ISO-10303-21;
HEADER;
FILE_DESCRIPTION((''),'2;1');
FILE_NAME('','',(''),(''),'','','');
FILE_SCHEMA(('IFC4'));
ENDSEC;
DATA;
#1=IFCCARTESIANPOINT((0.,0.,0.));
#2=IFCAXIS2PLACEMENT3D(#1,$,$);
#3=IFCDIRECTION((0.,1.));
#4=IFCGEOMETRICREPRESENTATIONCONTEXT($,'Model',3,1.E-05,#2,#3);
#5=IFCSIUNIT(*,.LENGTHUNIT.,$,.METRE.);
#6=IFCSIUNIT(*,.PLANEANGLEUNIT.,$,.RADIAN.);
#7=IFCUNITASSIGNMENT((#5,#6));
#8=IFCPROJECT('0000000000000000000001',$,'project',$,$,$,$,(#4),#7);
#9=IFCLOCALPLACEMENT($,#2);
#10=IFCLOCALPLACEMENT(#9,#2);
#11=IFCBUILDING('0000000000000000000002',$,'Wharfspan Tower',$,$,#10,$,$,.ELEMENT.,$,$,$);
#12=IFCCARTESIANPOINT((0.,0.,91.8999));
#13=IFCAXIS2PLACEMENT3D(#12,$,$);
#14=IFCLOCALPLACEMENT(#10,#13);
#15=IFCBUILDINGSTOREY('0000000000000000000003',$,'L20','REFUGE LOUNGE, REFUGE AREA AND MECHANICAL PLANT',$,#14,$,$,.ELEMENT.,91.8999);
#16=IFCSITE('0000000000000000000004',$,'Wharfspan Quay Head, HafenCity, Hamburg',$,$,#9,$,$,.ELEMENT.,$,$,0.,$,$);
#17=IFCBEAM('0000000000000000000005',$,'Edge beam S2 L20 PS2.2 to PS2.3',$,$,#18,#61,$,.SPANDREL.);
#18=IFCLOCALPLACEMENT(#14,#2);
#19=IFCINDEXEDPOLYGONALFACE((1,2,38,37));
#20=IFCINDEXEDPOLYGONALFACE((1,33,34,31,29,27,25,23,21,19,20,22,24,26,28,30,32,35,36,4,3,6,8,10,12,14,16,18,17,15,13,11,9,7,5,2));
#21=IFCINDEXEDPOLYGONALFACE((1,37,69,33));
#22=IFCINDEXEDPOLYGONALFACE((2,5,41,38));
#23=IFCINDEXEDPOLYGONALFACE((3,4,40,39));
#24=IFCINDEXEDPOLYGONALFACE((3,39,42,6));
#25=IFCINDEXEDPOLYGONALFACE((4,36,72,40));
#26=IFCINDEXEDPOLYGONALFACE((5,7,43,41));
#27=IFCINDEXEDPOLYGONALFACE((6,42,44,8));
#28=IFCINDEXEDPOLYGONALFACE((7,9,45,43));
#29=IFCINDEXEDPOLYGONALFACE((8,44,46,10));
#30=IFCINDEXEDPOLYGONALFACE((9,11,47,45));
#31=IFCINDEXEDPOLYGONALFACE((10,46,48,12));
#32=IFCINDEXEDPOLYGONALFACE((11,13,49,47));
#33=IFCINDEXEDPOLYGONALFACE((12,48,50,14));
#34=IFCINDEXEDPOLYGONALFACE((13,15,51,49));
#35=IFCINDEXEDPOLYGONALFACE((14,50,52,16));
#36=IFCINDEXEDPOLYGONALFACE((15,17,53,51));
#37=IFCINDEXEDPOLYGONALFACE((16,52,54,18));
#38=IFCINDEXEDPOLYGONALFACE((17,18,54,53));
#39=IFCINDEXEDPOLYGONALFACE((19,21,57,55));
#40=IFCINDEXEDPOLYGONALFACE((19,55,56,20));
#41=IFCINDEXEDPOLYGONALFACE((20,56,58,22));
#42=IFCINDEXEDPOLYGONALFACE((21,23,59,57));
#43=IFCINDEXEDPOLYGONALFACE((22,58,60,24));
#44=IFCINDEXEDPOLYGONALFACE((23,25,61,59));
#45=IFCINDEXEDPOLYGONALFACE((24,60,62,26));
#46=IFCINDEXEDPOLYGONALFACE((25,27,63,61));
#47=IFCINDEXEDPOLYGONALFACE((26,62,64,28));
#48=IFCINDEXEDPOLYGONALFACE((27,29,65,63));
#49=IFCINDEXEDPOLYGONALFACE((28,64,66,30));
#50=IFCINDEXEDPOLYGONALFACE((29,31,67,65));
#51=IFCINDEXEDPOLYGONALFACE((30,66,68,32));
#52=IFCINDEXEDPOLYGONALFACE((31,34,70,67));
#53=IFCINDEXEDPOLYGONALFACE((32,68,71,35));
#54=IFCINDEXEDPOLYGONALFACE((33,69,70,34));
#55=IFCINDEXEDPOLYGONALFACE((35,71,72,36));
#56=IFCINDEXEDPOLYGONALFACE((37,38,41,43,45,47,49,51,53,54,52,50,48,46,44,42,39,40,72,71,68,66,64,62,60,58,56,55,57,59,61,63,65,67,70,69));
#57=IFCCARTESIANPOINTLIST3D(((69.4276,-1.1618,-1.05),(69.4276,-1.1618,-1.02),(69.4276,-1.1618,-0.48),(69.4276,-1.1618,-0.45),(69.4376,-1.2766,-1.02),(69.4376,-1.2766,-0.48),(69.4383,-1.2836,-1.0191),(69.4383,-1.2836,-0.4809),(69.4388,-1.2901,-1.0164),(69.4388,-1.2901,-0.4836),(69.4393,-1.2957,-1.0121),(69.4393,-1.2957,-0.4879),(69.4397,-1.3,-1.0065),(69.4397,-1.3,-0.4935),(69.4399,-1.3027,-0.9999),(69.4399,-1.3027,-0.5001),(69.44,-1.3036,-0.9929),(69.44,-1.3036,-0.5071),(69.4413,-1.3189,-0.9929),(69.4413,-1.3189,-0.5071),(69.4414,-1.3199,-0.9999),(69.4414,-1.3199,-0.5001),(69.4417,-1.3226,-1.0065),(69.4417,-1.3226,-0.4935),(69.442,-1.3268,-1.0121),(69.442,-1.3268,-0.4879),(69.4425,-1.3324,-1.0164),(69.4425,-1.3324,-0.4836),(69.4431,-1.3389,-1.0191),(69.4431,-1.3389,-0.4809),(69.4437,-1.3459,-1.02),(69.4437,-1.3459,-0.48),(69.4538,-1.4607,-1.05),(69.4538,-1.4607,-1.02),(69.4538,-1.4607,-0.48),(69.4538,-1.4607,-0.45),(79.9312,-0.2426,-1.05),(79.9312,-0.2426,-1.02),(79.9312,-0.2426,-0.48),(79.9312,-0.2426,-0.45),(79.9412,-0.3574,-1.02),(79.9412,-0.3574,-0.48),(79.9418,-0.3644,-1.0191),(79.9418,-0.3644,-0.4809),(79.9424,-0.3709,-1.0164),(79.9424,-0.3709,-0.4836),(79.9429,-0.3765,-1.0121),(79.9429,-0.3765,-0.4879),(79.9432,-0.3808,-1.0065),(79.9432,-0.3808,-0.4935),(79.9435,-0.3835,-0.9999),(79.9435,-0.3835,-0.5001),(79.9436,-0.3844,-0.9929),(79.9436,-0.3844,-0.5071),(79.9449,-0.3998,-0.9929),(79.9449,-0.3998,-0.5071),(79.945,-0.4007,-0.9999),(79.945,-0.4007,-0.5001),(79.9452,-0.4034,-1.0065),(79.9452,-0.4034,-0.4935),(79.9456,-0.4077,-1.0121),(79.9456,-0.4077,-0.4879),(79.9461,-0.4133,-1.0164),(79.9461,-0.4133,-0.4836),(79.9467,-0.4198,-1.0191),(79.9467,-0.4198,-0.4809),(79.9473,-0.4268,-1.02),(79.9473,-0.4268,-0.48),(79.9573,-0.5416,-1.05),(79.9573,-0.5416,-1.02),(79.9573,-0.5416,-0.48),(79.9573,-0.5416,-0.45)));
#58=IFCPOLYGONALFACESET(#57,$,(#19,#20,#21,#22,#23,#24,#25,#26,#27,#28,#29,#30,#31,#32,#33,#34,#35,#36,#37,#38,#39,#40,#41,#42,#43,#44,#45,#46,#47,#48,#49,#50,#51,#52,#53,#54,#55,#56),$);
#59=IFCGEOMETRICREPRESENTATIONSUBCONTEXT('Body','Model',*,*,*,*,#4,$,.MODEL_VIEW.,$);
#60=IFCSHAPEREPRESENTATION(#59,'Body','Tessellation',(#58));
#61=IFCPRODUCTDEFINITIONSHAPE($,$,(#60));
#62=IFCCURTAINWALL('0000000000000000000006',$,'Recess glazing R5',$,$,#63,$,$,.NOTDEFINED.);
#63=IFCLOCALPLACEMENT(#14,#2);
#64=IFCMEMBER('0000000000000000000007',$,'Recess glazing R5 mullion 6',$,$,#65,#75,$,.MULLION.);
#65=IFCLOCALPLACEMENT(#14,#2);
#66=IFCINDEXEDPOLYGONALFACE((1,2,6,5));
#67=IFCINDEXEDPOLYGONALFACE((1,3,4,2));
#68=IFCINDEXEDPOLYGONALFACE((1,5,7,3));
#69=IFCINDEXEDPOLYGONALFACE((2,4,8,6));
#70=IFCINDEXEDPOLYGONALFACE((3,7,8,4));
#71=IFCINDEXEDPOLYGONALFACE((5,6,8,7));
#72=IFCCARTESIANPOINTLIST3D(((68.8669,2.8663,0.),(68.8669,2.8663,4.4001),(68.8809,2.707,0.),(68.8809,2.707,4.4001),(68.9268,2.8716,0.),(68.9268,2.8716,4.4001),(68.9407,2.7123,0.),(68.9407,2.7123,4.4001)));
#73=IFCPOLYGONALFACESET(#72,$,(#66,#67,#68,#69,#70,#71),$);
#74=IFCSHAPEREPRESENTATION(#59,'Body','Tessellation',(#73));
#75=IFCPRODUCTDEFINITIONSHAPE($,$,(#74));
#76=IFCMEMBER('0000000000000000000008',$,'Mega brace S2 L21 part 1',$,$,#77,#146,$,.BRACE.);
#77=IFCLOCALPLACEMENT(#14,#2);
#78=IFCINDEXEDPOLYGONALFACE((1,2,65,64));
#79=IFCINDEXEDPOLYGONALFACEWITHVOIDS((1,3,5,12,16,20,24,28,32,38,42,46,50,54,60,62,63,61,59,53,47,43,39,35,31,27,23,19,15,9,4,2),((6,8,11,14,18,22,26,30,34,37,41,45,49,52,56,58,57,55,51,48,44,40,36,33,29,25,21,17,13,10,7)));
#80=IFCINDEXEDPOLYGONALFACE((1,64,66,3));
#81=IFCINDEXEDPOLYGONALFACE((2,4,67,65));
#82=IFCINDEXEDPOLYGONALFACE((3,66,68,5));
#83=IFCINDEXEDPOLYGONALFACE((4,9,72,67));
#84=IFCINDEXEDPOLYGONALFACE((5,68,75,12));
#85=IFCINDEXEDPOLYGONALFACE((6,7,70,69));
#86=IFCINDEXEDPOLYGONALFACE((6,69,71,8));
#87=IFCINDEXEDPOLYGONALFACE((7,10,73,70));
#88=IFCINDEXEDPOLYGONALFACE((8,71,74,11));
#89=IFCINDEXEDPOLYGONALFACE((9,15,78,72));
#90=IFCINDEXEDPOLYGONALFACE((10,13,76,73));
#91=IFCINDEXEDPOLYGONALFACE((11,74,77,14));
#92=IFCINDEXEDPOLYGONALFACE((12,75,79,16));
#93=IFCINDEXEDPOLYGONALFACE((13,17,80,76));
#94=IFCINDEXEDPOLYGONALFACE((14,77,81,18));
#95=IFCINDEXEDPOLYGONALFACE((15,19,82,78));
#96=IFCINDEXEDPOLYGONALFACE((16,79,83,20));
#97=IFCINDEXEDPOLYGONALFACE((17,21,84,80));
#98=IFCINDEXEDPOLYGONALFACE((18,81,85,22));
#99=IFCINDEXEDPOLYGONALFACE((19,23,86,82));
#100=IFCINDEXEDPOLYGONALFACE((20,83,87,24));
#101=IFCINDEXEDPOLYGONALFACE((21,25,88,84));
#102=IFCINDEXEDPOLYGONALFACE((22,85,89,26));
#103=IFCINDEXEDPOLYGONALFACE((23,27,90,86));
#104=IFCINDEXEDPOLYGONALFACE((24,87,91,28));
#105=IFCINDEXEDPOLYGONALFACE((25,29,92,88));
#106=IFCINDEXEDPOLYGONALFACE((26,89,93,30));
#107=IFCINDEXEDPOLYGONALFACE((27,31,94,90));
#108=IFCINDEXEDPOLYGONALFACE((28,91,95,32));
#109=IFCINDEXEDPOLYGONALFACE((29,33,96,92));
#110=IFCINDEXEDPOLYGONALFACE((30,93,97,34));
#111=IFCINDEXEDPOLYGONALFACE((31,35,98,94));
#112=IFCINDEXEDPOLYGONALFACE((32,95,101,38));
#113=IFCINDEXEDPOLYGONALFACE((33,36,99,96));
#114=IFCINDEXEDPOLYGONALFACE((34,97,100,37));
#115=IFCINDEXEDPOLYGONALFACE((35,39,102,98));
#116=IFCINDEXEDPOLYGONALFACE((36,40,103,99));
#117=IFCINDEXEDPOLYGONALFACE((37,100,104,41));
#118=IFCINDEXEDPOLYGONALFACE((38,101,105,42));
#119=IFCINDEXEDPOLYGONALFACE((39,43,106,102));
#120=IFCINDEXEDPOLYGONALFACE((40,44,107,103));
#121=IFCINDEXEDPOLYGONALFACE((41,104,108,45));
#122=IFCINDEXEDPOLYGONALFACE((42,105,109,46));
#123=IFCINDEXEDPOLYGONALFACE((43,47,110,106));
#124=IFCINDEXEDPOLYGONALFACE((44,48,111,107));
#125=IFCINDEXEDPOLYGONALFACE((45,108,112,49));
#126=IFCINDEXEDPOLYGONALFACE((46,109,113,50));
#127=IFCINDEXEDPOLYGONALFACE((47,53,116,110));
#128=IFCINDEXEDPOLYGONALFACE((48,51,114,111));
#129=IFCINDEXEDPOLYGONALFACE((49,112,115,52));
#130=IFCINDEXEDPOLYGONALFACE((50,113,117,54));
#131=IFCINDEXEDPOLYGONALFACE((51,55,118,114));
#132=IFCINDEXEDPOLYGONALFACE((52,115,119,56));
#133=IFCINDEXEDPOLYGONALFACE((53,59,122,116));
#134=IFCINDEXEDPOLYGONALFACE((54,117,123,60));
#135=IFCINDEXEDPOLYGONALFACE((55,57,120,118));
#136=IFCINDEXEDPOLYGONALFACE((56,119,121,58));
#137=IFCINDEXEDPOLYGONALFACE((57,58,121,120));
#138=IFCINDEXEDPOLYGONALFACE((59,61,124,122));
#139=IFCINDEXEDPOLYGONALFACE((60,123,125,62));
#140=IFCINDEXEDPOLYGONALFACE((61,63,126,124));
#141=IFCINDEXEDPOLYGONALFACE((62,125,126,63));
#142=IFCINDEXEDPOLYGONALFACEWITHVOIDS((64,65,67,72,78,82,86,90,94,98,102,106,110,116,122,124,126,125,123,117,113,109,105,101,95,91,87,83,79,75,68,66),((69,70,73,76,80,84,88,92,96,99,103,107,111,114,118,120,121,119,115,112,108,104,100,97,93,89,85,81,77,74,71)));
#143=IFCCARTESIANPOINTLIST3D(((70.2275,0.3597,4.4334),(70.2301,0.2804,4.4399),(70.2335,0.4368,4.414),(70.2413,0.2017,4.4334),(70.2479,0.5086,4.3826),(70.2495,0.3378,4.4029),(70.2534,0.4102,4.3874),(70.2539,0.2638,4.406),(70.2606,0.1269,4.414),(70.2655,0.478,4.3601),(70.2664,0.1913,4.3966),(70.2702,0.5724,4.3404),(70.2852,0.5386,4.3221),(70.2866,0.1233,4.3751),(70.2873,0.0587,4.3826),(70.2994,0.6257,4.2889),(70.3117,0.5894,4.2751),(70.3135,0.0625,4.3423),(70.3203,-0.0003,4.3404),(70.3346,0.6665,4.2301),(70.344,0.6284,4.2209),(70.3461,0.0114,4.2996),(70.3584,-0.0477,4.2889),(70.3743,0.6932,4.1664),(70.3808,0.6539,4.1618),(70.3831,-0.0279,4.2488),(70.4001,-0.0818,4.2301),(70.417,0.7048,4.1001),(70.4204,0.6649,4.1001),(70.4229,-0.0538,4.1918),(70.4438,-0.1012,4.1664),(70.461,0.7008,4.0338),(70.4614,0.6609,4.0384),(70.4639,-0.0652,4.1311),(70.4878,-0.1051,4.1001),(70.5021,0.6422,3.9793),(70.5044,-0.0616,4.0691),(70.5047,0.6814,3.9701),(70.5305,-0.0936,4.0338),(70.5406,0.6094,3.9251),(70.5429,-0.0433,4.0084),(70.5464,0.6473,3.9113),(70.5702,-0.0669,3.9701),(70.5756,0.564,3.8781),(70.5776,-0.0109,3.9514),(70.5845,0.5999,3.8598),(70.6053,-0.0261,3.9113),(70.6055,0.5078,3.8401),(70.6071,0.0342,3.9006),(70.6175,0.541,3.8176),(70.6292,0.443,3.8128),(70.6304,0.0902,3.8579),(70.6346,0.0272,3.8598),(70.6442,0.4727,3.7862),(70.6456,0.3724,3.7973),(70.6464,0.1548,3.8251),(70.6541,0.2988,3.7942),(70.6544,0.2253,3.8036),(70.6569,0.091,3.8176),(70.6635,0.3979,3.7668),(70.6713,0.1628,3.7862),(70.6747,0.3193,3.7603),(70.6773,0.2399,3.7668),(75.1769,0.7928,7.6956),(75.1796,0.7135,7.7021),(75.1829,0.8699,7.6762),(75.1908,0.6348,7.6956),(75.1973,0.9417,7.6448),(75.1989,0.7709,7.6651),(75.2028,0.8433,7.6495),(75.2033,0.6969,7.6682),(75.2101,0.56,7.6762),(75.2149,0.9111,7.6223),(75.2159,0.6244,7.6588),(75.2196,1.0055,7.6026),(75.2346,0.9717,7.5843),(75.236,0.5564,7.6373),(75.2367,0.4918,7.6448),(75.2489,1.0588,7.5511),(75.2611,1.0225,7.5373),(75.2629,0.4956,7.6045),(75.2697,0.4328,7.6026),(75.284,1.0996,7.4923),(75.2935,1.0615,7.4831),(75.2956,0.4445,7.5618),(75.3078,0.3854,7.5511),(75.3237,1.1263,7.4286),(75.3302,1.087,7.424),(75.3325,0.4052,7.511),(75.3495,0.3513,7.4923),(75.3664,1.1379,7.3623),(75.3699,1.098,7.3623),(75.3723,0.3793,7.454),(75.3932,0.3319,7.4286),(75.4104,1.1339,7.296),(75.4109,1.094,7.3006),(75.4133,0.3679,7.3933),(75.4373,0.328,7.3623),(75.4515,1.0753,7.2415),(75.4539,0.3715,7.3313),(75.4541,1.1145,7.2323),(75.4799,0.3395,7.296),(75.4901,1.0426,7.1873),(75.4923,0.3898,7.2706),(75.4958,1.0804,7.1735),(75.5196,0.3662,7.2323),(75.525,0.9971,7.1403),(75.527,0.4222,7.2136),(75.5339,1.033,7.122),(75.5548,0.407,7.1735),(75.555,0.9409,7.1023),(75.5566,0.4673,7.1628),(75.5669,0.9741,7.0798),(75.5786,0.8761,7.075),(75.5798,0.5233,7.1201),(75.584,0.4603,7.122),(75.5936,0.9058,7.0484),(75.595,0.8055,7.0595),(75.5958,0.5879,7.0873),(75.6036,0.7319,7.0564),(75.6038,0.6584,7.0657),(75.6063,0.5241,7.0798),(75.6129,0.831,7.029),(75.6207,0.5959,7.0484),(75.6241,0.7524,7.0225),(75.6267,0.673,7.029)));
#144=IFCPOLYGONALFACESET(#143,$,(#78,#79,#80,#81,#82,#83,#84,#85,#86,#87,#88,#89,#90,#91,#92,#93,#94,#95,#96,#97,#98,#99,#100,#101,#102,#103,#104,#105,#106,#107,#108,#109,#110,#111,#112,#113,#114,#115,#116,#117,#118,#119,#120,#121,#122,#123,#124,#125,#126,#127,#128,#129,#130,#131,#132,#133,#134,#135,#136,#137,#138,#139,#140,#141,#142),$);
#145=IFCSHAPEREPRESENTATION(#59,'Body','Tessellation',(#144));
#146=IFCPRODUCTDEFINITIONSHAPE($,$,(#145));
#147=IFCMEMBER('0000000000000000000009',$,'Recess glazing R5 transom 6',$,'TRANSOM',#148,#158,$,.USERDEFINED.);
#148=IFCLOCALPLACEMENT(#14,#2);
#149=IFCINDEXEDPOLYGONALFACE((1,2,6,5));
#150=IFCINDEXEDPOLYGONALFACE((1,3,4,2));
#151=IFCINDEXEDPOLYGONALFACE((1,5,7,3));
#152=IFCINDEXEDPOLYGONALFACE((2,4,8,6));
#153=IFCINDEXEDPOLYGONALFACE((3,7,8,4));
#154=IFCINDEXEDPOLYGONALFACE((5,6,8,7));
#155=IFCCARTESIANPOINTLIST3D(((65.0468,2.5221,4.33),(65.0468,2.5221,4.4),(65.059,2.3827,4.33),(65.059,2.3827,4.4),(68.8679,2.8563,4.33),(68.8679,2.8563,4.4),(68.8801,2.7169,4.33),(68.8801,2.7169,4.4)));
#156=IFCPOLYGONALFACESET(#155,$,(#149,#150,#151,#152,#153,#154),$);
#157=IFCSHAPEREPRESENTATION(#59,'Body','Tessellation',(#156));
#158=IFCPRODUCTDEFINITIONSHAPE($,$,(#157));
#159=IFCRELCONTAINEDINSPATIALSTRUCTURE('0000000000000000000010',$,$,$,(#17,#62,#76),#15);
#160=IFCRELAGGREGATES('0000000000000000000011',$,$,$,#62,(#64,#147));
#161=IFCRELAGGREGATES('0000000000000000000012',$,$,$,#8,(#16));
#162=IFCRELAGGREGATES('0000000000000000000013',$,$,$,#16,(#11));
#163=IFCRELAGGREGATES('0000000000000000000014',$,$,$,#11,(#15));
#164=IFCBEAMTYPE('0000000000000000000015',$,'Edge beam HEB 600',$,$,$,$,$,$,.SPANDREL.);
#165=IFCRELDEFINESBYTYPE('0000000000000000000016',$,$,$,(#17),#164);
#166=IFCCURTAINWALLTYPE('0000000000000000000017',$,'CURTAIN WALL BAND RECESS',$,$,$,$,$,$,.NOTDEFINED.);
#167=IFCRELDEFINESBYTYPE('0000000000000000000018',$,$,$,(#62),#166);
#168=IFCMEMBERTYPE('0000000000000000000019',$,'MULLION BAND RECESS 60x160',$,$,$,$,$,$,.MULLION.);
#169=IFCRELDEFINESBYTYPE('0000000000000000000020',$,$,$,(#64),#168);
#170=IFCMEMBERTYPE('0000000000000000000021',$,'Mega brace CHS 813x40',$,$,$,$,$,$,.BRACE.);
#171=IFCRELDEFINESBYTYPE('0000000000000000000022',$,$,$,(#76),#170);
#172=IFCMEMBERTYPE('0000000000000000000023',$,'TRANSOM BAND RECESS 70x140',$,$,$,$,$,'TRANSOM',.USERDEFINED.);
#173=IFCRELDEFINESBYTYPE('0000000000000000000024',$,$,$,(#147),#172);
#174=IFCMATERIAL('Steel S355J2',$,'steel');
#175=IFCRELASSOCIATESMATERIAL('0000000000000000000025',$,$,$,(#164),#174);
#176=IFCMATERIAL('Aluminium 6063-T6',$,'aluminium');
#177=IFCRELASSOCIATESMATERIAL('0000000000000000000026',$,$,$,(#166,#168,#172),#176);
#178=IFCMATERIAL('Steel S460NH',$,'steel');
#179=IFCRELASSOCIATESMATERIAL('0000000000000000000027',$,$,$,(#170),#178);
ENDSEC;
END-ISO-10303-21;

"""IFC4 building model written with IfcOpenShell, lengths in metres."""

from ifc_helpers import new_model, si_unit, direction, frame, origin, origin_2d, place, context, subcontext, project, spatial, rectangle, hollow_circle, i_section, extrude, material, material_profile, profile_set, type_object, element, aggregate, save


model = new_model("IFC4")

# Units and contexts
model_context = context("Model", 3, precision=1e-05, world=origin(), true_north=direction((0.0, 1.0)))
body_context = subcontext(model_context, "Body", "Model", "MODEL_VIEW")
ifc_project = project(units=[si_unit("LENGTHUNIT", "METRE"), si_unit("PLANEANGLEUNIT", "RADIAN")], contexts=[model_context])

# Site, building, storey
site_placement = place(None, origin())
site = spatial("IfcSite", under=ifc_project, at=site_placement, Name="Wharfspan Quay Head, HafenCity, Hamburg", CompositionType="ELEMENT", RefElevation=0.0)
building_placement = place(site_placement, origin())
building = spatial("IfcBuilding", under=site, at=building_placement, Name="Wharfspan Tower", CompositionType="ELEMENT")
storey_placement = place(building_placement, frame((0.0, 0.0, 91.8999)))
storey = spatial("IfcBuildingStorey", under=building, at=storey_placement, Name="L20", Description="REFUGE LOUNGE, REFUGE AREA AND MECHANICAL PLANT", CompositionType="ELEMENT", Elevation=91.8999)

# Shared definitions
ifc_material_1 = material(Name="Steel S355J2", Category="steel")

# Beam
ifc_material_profile_1 = material_profile(ifc_material_1, i_section(OverallWidth=0.3, OverallDepth=0.6001, WebThickness=0.0154, FlangeThickness=0.03, FilletRadius=0.0271, at=origin_2d()))
ifc_profile_set_1 = profile_set([ifc_material_profile_1], Name="Steel S355J2")
beam_type = type_object("IfcBeamType", Name="Edge beam HEB 600", PredefinedType="SPANDREL", material=ifc_profile_set_1)
beam_placement = place(storey_placement, frame((69.4407, -1.3113, -0.75), z_axis=(0.996193, 0.087178, 0.0), x_axis=(-0.087178, 0.996193, 0.0)))
element("IfcBeam", 1, at=beam_placement, inside=storey, type_object=beam_type, Name="Edge beam S2 L20 PS2.2 to PS2.3", PredefinedType="SPANDREL", context=body_context, shape_type="SweptSolid", body=[
    extrude(i_section(OverallWidth=0.3, OverallDepth=0.6001, WebThickness=0.0154, FlangeThickness=0.03, FilletRadius=0.0271, at=origin_2d()), origin(), (0.0, 0.0, 1.0), 10.5437),
])

# Curtain wall, member
ifc_material_2 = material(Name="Aluminium 6063-T6", Category="aluminium")
curtain_wall_type = type_object("IfcCurtainWallType", Name="CURTAIN WALL BAND RECESS", PredefinedType="NOTDEFINED", material=ifc_material_2)
curtain_wall_placement = place(storey_placement, origin())
curtain_wall = element("IfcCurtainWall", 2, at=curtain_wall_placement, inside=storey, type_object=curtain_wall_type, Name="Recess glazing R5", PredefinedType="NOTDEFINED")
ifc_material_profile_2 = material_profile(ifc_material_2, rectangle(XDim=0.1599, YDim=0.0601, at=origin_2d()))
ifc_profile_set_2 = profile_set([ifc_material_profile_2], Name="Aluminium 6063-T6")
member_type_1 = type_object("IfcMemberType", Name="MULLION BAND RECESS 60x160", PredefinedType="MULLION", material=ifc_profile_set_2)
member_1_placement = place(storey_placement, frame((68.9038, 2.7893, 0.0), z_axis=(0.0, 0.0, 1.0), x_axis=(0.087156, -0.996198, 0.0)))
member_1 = element("IfcMember", 3, at=member_1_placement, type_object=member_type_1, Name="Recess glazing R5 mullion 6", PredefinedType="MULLION", context=body_context, shape_type="SweptSolid", body=[
    extrude(rectangle(XDim=0.1599, YDim=0.0601, at=origin_2d()), origin(), (0.0, 0.0, 1.0), 4.4001),
])

# Members
ifc_material_3 = material(Name="Steel S460NH", Category="steel")
ifc_material_profile_3 = material_profile(ifc_material_3, hollow_circle(Radius=0.4065, WallThickness=0.04, at=origin_2d()))
ifc_profile_set_3 = profile_set([ifc_material_profile_3], Name="Steel S460NH")
member_type_2 = type_object("IfcMemberType", Name="Mega brace CHS 813x40", PredefinedType="BRACE", material=ifc_profile_set_3)
member_2_placement = place(storey_placement, frame((70.4524, 0.2998, 4.1001), z_axis=(0.832734, 0.072869, 0.548858), x_axis=(-0.087173, 0.99619, 0.000001)))
element("IfcMember", 4, at=member_2_placement, inside=storey, type_object=member_type_2, Name="Mega brace S2 L21 part 1", PredefinedType="BRACE", context=body_context, shape_type="SweptSolid", body=[
    extrude(hollow_circle(Radius=0.4065, WallThickness=0.04, at=origin_2d()), origin(), (0.0, 0.0, 1.0), 5.9436),
])
ifc_material_profile_4 = material_profile(ifc_material_2, rectangle(XDim=0.1399, YDim=0.0701, at=origin_2d()))
ifc_profile_set_4 = profile_set([ifc_material_profile_4], Name="Aluminium 6063-T6")
member_type_3 = type_object("IfcMemberType", Name="TRANSOM BAND RECESS 70x140", ElementType="TRANSOM", PredefinedType="USERDEFINED", material=ifc_profile_set_4)
member_3_placement = place(storey_placement, frame((68.874, 2.7866, 4.365), z_axis=(-0.996196, -0.087138, 0.0), x_axis=(0.087138, -0.996196, 0.0)))
member_3 = element("IfcMember", 5, at=member_3_placement, type_object=member_type_3, Name="Recess glazing R5 transom 6", ObjectType="TRANSOM", PredefinedType="USERDEFINED", context=body_context, shape_type="SweptSolid", body=[
    extrude(rectangle(XDim=0.1399, YDim=0.0701, at=origin_2d()), origin(), (0.0, 0.0, 1.0), 3.8357),
])
aggregate(curtain_wall, [member_1, member_3])

save(model, "model.ifc")
